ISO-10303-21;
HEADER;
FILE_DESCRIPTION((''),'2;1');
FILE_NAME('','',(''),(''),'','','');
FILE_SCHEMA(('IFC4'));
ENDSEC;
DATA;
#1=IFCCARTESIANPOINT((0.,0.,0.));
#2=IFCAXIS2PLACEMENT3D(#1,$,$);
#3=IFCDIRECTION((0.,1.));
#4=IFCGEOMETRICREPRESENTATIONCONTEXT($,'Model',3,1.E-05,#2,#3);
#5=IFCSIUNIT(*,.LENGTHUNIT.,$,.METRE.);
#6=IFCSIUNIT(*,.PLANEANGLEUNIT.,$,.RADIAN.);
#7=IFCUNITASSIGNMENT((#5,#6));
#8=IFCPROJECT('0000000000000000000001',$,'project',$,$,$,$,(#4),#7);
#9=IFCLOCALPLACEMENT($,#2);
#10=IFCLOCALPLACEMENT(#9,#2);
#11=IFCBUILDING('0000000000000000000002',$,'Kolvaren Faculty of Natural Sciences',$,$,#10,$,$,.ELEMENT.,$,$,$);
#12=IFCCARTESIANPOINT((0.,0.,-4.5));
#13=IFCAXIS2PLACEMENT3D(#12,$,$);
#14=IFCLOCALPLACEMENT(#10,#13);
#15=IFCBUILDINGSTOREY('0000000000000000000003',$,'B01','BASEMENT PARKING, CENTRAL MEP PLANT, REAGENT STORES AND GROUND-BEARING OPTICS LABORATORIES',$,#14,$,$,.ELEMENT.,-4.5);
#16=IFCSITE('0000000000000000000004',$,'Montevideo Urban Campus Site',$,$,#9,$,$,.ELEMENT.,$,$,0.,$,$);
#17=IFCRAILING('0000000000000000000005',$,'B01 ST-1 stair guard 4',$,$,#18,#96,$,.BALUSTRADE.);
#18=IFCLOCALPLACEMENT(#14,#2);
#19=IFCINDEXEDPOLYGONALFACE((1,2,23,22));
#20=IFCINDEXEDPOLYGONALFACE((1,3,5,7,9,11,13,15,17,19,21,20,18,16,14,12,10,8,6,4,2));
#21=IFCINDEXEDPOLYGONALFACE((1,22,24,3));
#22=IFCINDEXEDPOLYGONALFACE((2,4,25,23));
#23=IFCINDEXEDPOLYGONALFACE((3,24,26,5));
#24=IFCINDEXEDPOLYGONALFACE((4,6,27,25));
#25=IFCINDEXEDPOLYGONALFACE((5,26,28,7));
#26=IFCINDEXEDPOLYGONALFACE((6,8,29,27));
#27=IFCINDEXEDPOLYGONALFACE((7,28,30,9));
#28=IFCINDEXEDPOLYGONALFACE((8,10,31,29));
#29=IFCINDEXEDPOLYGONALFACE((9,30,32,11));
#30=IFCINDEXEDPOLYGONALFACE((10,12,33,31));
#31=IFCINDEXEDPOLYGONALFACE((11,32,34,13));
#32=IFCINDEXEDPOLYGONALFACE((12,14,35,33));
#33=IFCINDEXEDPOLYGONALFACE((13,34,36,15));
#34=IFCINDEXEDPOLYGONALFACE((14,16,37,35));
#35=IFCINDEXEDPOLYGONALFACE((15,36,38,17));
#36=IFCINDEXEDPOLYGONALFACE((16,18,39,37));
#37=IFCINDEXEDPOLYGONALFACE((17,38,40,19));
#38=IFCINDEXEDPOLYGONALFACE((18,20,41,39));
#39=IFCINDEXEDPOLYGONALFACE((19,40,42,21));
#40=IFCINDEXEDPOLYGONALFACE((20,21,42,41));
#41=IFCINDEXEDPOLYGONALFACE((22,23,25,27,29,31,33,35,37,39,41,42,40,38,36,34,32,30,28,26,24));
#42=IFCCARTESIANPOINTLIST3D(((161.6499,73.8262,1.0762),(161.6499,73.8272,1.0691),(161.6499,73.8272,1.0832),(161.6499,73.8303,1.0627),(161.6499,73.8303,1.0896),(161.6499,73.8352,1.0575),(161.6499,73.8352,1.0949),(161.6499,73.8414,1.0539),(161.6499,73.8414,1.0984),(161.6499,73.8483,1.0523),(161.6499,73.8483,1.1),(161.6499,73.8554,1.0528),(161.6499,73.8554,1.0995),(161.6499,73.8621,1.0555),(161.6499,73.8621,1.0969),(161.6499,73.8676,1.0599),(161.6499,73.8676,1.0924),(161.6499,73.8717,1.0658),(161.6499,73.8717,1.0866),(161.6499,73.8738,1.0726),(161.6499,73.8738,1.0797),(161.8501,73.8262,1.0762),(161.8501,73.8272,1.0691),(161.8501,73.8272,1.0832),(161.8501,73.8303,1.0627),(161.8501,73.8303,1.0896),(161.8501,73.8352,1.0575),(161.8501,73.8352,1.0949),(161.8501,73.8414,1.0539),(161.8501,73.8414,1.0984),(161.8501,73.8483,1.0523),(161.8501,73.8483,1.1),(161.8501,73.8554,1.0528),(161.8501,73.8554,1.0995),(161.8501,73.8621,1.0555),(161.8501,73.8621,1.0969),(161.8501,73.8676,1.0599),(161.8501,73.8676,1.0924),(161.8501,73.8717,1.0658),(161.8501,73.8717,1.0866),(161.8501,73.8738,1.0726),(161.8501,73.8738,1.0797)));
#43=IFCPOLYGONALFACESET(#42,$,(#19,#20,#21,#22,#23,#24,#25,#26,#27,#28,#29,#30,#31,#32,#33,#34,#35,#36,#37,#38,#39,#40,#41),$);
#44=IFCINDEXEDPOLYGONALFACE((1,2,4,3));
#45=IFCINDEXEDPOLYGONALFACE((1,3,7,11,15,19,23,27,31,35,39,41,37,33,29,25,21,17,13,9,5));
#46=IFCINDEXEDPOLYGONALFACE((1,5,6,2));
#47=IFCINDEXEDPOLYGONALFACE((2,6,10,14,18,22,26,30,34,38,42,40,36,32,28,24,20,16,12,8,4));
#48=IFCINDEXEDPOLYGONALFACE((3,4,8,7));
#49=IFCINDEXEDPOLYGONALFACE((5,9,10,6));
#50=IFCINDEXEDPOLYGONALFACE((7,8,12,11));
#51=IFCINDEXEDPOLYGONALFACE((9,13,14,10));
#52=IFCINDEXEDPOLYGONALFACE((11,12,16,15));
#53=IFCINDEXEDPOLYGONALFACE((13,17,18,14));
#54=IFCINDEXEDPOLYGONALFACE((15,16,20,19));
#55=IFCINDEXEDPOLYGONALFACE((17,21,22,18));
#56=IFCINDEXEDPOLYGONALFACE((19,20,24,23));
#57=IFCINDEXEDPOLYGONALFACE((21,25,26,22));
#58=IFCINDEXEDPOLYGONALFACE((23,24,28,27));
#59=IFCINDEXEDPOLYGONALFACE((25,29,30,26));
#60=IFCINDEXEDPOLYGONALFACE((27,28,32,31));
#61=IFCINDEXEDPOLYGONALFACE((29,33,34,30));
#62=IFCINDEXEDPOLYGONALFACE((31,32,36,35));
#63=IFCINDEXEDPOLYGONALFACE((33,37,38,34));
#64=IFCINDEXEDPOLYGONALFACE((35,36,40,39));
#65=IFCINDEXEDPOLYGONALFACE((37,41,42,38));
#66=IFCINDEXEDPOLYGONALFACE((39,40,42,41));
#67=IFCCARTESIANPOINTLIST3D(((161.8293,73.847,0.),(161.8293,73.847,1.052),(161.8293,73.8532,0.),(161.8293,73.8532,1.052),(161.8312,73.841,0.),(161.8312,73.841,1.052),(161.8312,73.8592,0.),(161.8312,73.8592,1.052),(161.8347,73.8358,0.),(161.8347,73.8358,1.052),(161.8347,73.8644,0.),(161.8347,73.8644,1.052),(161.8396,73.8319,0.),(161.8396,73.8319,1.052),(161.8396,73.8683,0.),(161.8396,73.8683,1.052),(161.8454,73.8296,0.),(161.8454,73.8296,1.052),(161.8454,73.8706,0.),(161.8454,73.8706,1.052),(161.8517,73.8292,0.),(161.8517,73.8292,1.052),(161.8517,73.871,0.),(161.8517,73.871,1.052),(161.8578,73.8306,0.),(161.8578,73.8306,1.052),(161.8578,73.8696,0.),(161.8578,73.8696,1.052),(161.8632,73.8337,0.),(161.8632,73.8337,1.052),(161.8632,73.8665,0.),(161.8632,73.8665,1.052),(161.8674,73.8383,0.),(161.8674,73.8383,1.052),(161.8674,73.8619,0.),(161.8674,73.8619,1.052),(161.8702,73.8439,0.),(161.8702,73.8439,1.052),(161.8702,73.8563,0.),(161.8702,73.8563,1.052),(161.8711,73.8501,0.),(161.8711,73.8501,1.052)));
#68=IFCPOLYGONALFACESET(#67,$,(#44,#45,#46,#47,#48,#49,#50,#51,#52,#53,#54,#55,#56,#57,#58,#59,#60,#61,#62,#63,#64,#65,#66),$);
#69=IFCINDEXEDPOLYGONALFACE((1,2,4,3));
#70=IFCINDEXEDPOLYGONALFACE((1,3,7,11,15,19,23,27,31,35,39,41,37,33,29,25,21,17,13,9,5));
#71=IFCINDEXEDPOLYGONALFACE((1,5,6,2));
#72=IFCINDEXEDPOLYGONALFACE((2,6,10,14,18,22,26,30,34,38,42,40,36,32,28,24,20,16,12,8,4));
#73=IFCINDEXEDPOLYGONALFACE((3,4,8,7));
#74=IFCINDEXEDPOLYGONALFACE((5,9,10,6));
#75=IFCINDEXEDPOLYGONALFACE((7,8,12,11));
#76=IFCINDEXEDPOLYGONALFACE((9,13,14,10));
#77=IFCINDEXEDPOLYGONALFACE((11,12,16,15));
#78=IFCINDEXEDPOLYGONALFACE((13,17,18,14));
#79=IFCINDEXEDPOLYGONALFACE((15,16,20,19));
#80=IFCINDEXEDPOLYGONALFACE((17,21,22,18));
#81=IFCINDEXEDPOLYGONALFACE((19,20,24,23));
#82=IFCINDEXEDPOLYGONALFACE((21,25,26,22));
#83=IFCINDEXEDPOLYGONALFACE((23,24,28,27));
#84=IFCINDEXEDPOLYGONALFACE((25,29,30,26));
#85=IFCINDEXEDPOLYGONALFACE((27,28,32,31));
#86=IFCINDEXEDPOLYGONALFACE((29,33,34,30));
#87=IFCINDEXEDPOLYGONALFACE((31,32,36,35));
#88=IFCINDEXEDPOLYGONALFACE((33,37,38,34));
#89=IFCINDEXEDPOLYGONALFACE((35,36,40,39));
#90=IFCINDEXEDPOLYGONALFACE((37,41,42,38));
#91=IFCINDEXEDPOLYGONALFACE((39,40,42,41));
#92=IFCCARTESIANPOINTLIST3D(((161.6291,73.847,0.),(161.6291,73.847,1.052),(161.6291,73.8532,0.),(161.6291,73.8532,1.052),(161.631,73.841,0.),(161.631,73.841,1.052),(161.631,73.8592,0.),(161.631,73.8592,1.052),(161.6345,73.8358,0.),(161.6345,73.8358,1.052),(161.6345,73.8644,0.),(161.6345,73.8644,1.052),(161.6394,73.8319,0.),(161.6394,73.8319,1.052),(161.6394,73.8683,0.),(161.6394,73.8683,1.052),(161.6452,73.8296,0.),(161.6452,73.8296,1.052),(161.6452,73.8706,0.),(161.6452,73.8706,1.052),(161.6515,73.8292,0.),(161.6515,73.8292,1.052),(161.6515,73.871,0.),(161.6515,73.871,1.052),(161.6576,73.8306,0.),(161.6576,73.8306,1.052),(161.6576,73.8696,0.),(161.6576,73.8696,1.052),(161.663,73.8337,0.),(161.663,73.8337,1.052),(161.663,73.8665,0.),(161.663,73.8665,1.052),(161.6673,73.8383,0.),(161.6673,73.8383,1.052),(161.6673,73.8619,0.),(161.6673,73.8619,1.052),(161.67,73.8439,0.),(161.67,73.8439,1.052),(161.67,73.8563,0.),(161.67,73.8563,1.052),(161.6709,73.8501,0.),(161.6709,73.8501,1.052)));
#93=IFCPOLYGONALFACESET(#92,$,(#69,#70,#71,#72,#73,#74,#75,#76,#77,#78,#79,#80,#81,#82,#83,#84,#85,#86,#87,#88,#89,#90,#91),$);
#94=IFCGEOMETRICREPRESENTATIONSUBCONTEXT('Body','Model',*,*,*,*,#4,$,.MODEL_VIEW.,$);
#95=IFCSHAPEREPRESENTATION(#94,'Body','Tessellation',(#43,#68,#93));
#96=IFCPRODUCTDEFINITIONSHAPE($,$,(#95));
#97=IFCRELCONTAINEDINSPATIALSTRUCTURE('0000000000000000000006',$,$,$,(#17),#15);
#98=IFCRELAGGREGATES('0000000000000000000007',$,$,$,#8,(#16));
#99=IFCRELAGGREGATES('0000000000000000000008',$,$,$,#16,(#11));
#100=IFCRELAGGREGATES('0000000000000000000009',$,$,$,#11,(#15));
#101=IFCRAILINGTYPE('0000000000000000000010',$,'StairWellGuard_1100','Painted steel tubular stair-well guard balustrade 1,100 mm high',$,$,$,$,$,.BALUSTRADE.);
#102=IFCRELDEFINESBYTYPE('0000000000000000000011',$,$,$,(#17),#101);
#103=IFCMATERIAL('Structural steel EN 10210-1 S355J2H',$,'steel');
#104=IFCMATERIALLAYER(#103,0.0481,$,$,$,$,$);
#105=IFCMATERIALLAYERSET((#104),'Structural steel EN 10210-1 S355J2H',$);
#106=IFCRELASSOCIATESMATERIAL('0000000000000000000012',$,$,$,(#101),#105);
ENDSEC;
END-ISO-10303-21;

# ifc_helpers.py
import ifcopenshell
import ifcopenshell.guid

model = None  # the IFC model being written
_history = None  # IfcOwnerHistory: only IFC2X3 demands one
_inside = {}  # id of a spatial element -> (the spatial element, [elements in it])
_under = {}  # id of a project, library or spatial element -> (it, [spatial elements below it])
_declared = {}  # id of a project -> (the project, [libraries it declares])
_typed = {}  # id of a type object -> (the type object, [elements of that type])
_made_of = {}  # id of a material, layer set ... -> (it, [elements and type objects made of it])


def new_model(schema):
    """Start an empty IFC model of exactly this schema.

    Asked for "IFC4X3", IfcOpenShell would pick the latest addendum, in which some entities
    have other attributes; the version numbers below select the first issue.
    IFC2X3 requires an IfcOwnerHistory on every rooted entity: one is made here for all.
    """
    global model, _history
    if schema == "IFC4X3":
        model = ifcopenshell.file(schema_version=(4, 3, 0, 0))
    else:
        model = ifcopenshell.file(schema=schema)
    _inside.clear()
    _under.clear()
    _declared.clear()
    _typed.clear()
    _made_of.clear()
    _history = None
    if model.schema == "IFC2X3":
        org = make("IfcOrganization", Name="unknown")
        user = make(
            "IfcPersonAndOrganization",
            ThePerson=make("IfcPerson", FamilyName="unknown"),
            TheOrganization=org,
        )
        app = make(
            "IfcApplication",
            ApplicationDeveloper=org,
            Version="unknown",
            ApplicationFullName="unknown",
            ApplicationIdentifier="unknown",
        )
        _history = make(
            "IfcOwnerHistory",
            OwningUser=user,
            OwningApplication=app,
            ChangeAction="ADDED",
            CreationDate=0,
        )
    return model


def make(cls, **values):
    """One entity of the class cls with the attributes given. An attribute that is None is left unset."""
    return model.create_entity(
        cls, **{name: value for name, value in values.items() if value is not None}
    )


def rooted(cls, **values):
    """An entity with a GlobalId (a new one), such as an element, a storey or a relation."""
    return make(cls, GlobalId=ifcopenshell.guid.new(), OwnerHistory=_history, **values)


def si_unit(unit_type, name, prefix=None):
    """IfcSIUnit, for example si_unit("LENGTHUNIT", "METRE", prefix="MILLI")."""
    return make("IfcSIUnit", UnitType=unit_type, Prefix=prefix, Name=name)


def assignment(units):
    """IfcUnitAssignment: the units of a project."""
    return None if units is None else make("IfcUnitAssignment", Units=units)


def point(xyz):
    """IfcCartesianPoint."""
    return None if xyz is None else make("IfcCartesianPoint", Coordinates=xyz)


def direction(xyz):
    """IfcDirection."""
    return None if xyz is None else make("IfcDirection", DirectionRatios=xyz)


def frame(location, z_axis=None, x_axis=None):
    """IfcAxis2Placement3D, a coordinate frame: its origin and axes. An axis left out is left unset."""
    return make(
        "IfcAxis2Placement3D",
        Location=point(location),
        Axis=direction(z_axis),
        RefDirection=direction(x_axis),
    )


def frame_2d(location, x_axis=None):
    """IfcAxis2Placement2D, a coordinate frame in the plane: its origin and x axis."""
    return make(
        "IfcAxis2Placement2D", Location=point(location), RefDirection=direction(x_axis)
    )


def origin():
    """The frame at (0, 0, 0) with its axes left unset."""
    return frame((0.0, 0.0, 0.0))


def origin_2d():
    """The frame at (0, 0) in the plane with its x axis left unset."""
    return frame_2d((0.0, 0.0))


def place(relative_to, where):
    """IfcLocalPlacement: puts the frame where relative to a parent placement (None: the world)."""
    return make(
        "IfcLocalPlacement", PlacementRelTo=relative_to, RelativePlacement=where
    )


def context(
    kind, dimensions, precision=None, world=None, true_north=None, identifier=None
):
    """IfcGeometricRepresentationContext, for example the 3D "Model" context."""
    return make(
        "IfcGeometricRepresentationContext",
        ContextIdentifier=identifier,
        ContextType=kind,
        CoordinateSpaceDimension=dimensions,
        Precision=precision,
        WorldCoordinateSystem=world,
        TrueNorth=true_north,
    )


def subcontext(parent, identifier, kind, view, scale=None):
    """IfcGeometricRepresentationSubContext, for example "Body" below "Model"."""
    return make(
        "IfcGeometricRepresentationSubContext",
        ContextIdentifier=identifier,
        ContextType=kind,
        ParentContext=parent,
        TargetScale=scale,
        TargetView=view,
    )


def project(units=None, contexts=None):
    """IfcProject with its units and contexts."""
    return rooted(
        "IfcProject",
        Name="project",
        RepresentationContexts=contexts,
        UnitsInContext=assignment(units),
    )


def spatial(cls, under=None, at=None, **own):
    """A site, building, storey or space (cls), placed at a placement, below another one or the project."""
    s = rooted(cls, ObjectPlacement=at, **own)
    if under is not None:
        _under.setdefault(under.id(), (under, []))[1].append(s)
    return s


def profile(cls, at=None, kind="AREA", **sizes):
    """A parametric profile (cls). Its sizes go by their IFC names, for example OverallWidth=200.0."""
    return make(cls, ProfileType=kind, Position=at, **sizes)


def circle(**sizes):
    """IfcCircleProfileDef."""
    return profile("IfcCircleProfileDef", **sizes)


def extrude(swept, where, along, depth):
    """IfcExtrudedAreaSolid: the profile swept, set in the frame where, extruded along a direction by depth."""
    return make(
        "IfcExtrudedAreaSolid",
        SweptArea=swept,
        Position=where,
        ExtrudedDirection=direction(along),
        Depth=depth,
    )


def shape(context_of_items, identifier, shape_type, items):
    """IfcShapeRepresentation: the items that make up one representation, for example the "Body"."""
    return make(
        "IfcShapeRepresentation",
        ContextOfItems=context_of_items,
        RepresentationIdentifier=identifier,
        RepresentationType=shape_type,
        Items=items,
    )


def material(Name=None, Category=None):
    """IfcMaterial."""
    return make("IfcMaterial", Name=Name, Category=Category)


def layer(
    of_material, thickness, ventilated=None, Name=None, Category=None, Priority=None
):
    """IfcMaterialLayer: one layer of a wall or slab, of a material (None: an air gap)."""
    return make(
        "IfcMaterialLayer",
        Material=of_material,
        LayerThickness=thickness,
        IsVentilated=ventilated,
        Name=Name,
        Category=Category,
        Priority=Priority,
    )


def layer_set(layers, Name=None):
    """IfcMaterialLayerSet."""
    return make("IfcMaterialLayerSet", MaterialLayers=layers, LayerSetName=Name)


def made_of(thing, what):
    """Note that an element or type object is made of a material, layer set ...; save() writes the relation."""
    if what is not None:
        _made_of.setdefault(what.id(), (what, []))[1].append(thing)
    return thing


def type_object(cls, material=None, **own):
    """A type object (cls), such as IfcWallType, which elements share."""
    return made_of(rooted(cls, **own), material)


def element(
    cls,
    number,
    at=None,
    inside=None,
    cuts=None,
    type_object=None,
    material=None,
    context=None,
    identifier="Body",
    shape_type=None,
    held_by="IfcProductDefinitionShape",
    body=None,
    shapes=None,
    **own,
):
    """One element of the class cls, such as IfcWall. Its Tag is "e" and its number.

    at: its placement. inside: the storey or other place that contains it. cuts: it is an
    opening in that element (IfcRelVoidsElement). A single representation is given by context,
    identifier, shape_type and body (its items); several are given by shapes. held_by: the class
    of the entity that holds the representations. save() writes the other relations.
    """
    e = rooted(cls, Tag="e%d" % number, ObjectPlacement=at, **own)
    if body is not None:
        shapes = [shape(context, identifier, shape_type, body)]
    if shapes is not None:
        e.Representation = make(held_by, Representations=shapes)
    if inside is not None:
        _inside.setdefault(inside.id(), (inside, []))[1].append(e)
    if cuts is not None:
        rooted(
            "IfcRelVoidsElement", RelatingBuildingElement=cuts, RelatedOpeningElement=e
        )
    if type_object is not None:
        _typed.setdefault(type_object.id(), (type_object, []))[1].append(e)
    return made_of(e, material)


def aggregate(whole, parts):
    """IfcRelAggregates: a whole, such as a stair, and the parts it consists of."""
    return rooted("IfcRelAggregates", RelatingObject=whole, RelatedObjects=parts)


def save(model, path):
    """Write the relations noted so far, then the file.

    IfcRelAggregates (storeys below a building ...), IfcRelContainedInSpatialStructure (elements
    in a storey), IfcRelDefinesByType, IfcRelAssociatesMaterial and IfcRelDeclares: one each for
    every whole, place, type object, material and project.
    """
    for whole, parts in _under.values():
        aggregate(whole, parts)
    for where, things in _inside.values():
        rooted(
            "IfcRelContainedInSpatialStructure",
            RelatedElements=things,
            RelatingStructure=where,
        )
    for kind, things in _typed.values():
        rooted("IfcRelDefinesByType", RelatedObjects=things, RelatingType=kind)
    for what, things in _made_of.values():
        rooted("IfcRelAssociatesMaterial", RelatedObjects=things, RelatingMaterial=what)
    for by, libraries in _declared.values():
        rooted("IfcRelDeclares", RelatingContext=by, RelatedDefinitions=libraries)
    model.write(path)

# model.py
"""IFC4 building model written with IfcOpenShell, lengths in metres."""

from ifc_helpers import new_model, si_unit, direction, frame, origin, origin_2d, place, context, subcontext, project, spatial, circle, extrude, material, layer, layer_set, type_object, element, save


model = new_model("IFC4")

# Units and contexts
model_context = context("Model", 3, precision=1e-05, world=origin(), true_north=direction((0.0, 1.0)))
body_context = subcontext(model_context, "Body", "Model", "MODEL_VIEW")
ifc_project = project(units=[si_unit("LENGTHUNIT", "METRE"), si_unit("PLANEANGLEUNIT", "RADIAN")], contexts=[model_context])

# Site, building, storey
site_placement = place(None, origin())
site = spatial("IfcSite", under=ifc_project, at=site_placement, Name="Montevideo Urban Campus Site", CompositionType="ELEMENT", RefElevation=0.0)
building_placement = place(site_placement, origin())
building = spatial("IfcBuilding", under=site, at=building_placement, Name="Kolvaren Faculty of Natural Sciences", CompositionType="ELEMENT")
storey_placement = place(building_placement, frame((0.0, 0.0, -4.5)))
storey = spatial("IfcBuildingStorey", under=building, at=storey_placement, Name="B01", Description="BASEMENT PARKING, CENTRAL MEP PLANT, REAGENT STORES AND GROUND-BEARING OPTICS LABORATORIES", CompositionType="ELEMENT", Elevation=-4.5)

# Railing
ifc_material_1 = material(Name="Structural steel EN 10210-1 S355J2H", Category="steel")
ifc_layer_1 = layer(ifc_material_1, 0.0481)
ifc_layer_set_1 = layer_set([ifc_layer_1], Name="Structural steel EN 10210-1 S355J2H")
railing_type_1 = type_object("IfcRailingType", Name="StairWellGuard_1100", Description="Painted steel tubular stair-well guard balustrade 1,100 mm high", PredefinedType="BALUSTRADE", material=ifc_layer_set_1)
railing_1_placement = place(storey_placement, frame((161.8501, 73.8501, 0.0)))
element("IfcRailing", 1, at=railing_1_placement, inside=storey, type_object=railing_type_1, Name="B01 ST-1 stair guard 4", PredefinedType="BALUSTRADE", context=body_context, shape_type="SweptSolid", body=[
    extrude(circle(Radius=0.0239, at=origin_2d()), frame((0.0, 0.0, 1.0762), z_axis=(-1.0, 0.0, 0.0), x_axis=(0.0, -1.0, 0.0)), (0.0, 0.0, 1.0), 0.2002),
    extrude(circle(Radius=0.021, at=origin_2d()), origin(), (0.0, 0.0, 1.0), 1.052),
    extrude(circle(Radius=0.021, at=origin_2d()), frame((-0.2002, 0.0, 0.0)), (0.0, 0.0, 1.0), 1.052),
])

save(model, "model.ifc")
